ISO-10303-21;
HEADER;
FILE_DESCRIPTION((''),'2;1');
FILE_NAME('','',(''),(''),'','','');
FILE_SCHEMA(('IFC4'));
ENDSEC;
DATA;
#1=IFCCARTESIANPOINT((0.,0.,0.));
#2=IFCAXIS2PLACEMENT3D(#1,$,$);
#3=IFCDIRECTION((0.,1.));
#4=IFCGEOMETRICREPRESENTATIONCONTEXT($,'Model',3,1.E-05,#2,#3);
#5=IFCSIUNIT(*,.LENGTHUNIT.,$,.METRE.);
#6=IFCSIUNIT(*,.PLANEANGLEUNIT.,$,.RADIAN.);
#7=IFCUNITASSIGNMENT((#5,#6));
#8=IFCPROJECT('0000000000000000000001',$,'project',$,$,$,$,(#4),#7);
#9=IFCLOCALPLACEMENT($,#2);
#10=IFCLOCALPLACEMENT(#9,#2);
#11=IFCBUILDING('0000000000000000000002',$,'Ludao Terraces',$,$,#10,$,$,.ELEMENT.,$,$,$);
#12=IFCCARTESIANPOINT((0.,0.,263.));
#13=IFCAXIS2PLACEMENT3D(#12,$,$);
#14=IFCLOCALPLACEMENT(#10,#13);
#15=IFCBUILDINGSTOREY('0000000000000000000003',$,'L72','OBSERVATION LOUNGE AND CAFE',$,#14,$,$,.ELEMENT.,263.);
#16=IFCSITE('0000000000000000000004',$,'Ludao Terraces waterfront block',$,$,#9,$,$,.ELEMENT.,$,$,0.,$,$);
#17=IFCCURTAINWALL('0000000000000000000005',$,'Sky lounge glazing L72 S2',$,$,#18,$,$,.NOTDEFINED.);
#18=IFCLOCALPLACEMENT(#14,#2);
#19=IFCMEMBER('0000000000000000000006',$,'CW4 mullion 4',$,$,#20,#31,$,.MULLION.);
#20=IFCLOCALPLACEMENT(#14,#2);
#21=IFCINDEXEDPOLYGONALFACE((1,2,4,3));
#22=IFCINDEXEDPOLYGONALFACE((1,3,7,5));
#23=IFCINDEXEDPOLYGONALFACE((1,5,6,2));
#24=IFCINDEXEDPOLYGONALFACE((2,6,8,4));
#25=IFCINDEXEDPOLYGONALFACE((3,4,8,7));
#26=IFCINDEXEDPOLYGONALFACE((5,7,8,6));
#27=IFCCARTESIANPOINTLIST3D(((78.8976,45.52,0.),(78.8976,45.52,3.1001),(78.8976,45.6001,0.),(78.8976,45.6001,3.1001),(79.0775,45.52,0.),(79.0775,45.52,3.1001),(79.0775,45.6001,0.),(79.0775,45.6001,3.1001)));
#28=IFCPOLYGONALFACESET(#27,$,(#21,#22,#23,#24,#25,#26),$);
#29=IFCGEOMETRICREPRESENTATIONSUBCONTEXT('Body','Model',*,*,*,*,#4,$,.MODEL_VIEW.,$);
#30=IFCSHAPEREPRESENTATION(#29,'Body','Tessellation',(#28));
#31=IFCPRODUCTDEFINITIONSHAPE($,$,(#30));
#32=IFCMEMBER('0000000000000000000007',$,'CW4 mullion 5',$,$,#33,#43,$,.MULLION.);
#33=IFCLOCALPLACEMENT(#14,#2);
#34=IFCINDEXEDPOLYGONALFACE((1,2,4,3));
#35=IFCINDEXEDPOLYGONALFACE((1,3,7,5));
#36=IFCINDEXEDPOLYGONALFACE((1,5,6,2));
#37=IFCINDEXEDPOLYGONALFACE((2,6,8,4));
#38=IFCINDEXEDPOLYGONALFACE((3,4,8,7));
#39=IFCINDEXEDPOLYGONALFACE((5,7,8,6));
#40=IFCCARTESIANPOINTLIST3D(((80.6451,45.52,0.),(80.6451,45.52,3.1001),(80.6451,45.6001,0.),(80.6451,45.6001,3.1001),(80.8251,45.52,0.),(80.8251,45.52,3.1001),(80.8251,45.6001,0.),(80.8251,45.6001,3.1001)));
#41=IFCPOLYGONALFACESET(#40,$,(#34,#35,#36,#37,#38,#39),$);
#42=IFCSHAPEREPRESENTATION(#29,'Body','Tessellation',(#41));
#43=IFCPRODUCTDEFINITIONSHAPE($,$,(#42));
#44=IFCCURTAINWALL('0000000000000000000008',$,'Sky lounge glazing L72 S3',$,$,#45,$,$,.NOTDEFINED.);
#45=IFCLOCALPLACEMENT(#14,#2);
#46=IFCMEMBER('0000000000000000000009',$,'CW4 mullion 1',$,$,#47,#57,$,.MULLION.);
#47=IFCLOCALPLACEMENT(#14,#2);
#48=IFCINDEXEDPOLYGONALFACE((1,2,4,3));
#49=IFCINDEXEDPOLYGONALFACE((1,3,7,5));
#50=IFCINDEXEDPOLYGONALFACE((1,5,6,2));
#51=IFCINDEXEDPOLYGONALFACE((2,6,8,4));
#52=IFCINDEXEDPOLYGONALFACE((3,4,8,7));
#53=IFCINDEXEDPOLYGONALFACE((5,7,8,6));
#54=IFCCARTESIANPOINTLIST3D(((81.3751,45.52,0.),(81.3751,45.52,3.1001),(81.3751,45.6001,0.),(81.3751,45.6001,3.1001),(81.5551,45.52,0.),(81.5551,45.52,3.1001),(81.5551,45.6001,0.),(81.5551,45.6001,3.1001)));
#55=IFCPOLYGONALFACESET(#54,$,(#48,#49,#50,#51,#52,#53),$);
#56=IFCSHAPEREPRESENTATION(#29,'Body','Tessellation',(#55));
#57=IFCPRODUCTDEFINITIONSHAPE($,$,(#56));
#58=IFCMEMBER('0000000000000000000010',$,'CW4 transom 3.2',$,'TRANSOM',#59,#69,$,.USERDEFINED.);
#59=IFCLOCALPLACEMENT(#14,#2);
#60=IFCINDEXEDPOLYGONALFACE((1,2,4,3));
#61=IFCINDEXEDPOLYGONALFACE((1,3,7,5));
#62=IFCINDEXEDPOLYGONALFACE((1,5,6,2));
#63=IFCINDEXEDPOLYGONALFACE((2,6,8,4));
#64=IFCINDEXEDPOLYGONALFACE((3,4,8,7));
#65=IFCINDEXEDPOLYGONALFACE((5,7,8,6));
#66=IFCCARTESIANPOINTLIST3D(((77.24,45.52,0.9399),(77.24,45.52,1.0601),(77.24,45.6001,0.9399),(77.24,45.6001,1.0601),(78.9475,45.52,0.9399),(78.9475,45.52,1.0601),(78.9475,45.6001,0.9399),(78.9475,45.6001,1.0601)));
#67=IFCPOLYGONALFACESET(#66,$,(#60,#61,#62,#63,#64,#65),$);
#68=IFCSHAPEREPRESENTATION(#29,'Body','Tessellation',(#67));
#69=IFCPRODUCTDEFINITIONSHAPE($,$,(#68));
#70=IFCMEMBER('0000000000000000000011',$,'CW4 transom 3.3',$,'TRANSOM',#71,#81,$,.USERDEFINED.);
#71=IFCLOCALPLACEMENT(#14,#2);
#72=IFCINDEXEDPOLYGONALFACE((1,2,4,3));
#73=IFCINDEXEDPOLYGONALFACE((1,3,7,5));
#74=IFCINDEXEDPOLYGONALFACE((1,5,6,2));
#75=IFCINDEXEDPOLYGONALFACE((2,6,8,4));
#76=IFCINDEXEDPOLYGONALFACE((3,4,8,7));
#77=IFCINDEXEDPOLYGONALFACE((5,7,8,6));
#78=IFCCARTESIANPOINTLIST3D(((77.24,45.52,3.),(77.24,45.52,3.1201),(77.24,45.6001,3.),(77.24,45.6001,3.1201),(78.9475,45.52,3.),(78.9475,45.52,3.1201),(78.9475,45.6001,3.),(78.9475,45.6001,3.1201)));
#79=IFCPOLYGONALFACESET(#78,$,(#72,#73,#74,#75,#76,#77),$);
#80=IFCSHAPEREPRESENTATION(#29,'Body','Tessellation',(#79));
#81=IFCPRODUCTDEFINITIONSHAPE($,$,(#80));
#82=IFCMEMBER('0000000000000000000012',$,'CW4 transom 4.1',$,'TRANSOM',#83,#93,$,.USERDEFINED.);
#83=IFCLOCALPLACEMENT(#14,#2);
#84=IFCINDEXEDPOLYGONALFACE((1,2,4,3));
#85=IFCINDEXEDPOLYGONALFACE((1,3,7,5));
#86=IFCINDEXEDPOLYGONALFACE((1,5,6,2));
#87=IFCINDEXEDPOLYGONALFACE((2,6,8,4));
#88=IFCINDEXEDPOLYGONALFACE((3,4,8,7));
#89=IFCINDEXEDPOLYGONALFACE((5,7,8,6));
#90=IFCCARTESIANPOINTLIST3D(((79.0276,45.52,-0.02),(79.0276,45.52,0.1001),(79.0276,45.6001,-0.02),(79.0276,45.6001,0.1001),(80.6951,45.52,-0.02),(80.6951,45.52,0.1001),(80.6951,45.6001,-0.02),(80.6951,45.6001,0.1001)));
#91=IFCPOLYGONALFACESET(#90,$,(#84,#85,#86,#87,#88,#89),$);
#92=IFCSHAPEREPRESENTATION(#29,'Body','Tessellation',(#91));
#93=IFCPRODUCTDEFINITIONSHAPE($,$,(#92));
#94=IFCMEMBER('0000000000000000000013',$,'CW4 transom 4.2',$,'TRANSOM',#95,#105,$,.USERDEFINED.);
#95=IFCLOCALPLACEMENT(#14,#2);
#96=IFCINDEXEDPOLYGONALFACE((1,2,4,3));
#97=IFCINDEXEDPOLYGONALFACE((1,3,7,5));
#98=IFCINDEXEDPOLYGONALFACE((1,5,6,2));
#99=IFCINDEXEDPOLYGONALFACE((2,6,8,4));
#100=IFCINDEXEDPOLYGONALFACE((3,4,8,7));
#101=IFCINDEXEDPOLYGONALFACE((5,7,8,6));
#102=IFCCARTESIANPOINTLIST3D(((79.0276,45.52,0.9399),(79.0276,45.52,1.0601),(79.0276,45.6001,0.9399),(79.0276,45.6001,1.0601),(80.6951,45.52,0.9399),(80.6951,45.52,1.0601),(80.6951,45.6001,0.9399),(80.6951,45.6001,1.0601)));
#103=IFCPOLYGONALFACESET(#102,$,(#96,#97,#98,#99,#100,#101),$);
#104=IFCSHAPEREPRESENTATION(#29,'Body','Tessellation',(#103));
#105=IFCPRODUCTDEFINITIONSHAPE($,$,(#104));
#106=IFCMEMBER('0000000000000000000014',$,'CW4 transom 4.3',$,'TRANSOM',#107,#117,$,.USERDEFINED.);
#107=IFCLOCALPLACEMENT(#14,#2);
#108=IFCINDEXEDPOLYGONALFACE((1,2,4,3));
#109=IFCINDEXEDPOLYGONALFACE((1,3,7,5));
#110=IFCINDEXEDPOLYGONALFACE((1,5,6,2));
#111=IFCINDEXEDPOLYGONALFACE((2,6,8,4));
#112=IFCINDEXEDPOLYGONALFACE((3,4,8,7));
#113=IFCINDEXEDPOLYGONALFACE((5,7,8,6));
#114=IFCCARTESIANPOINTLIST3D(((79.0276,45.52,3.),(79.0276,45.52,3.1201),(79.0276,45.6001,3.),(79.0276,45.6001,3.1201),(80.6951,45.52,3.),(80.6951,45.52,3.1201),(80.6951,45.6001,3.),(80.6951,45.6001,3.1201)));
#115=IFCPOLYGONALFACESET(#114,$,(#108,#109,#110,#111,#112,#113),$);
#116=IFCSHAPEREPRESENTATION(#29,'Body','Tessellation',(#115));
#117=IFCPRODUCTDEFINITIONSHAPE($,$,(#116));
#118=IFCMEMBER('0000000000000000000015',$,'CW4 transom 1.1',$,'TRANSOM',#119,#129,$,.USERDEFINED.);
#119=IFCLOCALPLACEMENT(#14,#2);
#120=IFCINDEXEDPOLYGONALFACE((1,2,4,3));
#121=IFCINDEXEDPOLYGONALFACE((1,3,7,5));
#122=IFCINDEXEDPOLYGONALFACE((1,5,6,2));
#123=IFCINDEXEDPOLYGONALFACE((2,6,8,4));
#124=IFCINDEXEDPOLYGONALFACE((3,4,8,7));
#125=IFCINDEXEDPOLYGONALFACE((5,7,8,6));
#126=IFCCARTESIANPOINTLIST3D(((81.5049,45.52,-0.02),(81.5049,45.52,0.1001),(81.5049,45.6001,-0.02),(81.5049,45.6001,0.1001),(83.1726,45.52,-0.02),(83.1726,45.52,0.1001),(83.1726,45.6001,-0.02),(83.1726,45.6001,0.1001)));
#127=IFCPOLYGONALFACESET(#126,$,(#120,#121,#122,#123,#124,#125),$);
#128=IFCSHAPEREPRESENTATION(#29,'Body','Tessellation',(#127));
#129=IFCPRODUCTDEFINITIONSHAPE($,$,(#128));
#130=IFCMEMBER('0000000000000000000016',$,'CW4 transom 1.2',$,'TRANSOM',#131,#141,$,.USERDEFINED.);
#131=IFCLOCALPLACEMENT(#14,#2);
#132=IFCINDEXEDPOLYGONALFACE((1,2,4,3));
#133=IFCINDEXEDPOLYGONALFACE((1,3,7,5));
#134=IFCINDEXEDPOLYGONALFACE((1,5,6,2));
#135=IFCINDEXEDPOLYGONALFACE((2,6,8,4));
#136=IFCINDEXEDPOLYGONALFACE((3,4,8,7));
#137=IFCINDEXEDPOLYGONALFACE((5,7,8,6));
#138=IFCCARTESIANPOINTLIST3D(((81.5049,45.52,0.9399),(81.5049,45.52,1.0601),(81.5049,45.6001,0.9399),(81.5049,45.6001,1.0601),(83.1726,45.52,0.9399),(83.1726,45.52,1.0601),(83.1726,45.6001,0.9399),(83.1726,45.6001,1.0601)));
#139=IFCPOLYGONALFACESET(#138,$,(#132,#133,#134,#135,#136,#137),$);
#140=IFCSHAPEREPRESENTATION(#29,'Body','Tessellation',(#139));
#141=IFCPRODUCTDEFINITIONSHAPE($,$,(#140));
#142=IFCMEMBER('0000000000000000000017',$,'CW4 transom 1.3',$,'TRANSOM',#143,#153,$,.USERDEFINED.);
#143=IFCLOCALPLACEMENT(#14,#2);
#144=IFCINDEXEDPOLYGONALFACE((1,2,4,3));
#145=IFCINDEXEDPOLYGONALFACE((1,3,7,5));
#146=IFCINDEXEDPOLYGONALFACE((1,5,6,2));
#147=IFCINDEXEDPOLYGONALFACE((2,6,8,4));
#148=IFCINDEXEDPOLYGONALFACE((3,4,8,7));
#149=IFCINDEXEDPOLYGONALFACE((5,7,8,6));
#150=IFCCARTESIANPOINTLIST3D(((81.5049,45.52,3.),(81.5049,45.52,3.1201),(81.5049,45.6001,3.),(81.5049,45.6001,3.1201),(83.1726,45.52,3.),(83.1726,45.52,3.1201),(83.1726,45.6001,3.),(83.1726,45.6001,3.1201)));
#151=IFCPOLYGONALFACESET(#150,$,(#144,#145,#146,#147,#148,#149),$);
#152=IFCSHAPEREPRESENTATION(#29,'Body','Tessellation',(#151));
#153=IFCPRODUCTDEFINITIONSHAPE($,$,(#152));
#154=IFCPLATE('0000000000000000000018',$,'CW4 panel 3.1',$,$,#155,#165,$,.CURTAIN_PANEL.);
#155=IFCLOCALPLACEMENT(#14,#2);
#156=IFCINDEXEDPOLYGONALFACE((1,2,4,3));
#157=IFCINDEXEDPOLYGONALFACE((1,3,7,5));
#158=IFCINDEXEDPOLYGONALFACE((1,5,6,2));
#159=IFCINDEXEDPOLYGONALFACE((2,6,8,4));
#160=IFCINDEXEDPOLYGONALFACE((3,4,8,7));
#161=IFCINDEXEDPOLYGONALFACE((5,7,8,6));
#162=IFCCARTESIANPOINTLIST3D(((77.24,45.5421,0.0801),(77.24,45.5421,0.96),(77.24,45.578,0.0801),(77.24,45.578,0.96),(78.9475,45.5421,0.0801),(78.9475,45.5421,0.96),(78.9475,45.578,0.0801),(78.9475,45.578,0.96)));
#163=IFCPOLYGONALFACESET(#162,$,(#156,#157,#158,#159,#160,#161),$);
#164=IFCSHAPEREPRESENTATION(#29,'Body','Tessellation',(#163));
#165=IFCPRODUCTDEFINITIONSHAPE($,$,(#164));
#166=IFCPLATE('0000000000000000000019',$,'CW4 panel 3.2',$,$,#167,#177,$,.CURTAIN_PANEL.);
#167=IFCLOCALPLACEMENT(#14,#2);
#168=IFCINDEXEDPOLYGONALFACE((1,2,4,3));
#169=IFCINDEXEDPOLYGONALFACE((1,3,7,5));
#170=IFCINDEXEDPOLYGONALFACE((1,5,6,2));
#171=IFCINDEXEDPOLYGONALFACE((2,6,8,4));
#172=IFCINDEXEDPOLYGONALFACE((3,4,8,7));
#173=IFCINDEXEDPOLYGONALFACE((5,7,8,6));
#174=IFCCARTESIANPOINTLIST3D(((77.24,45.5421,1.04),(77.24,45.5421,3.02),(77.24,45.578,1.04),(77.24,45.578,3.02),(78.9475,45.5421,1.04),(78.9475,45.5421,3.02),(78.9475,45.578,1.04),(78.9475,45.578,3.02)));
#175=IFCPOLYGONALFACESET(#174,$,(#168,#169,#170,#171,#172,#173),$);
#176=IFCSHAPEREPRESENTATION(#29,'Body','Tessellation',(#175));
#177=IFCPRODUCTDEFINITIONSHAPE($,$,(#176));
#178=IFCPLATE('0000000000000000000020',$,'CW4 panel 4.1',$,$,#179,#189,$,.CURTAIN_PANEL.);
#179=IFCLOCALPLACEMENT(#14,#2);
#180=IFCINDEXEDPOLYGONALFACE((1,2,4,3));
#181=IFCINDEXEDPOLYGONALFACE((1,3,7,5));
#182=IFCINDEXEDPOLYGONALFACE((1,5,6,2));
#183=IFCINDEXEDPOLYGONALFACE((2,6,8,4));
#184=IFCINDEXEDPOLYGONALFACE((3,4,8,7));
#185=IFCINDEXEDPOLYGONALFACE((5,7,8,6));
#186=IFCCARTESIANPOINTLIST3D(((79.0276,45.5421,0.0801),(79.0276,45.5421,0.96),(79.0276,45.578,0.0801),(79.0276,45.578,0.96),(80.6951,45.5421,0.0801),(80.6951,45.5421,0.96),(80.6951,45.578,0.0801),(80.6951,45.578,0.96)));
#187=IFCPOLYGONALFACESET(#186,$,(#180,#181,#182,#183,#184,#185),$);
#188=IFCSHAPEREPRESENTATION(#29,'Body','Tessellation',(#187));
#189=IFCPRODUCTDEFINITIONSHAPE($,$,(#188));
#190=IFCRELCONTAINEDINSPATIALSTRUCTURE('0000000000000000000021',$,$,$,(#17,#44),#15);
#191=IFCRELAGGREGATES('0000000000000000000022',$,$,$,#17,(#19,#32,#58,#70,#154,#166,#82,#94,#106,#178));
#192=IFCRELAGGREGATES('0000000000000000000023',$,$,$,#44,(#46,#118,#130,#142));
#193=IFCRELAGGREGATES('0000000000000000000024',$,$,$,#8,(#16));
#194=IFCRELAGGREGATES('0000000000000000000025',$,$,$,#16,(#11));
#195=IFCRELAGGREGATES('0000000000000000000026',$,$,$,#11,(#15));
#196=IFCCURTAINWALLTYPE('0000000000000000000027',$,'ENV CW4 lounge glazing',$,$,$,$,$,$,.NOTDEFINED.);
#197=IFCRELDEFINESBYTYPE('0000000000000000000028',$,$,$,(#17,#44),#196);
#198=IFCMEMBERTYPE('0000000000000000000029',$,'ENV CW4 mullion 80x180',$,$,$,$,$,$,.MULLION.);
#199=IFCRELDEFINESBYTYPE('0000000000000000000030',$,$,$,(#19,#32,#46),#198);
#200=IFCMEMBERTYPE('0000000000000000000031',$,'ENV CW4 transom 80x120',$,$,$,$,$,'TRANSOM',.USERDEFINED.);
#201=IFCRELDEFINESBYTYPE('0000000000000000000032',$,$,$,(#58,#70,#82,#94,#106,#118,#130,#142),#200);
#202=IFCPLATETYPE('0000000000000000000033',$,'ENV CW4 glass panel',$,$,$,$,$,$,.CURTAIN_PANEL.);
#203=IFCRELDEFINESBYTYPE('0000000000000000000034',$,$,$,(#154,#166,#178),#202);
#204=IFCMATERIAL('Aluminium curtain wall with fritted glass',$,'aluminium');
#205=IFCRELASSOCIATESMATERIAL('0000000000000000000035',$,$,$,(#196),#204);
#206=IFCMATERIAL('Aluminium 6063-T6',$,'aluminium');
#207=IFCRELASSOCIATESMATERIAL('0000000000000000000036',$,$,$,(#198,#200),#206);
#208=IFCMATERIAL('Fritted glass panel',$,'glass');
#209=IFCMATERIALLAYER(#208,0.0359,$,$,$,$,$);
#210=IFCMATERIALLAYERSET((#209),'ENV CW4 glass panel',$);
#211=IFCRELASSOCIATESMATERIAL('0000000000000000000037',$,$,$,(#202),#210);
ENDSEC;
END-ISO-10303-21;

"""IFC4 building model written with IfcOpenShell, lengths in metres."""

from ifc_helpers import new_model, si_unit, direction, frame, origin, origin_2d, place, context, subcontext, project, spatial, rectangle, extrude, material, layer, layer_set, material_profile, profile_set, type_object, element, aggregate, save


model = new_model("IFC4")

# Units and contexts
model_context = context("Model", 3, precision=1e-05, world=origin(), true_north=direction((0.0, 1.0)))
body_context = subcontext(model_context, "Body", "Model", "MODEL_VIEW")
ifc_project = project(units=[si_unit("LENGTHUNIT", "METRE"), si_unit("PLANEANGLEUNIT", "RADIAN")], contexts=[model_context])

# Site, building, storey
site_placement = place(None, origin())
site = spatial("IfcSite", under=ifc_project, at=site_placement, Name="Ludao Terraces waterfront block", CompositionType="ELEMENT", RefElevation=0.0)
building_placement = place(site_placement, origin())
building = spatial("IfcBuilding", under=site, at=building_placement, Name="Ludao Terraces", CompositionType="ELEMENT")
storey_placement = place(building_placement, frame((0.0, 0.0, 263.0)))
storey = spatial("IfcBuildingStorey", under=building, at=storey_placement, Name="L72", Description="OBSERVATION LOUNGE AND CAFE", CompositionType="ELEMENT", Elevation=263.0)

# Curtain wall, members
ifc_material_1 = material(Name="Aluminium curtain wall with fritted glass", Category="aluminium")
curtain_wall_type = type_object("IfcCurtainWallType", Name="ENV CW4 lounge glazing", PredefinedType="NOTDEFINED", material=ifc_material_1)
curtain_wall_1_placement = place(storey_placement, origin())
curtain_wall_1 = element("IfcCurtainWall", 1, at=curtain_wall_1_placement, inside=storey, type_object=curtain_wall_type, Name="Sky lounge glazing L72 S2", PredefinedType="NOTDEFINED")
ifc_material_2 = material(Name="Aluminium 6063-T6", Category="aluminium")
ifc_material_profile_1 = material_profile(ifc_material_2, rectangle(XDim=0.0801, YDim=0.1799, at=origin_2d()), Name="80 X 180")
ifc_profile_set_1 = profile_set([ifc_material_profile_1], Name="Aluminium 6063-T6")
member_type_1 = type_object("IfcMemberType", Name="ENV CW4 mullion 80x180", PredefinedType="MULLION", material=ifc_profile_set_1)
member_1_placement = place(storey_placement, frame((78.9875, 45.5601, 0.0), z_axis=(0.0, 0.0, 1.0), x_axis=(0.0, 1.0, 0.0)))
member_1 = element("IfcMember", 2, at=member_1_placement, type_object=member_type_1, Name="CW4 mullion 4", PredefinedType="MULLION", context=body_context, shape_type="SweptSolid", body=[
    extrude(rectangle(XDim=0.0801, YDim=0.1799, at=origin_2d()), origin(), (0.0, 0.0, 1.0), 3.1001),
])
member_2_placement = place(storey_placement, frame((80.7351, 45.5601, 0.0), z_axis=(0.0, 0.0, 1.0), x_axis=(0.0, 1.0, 0.0)))
member_2 = element("IfcMember", 3, at=member_2_placement, type_object=member_type_1, Name="CW4 mullion 5", PredefinedType="MULLION", context=body_context, shape_type="SweptSolid", body=[
    extrude(rectangle(XDim=0.0801, YDim=0.1799, at=origin_2d()), origin(), (0.0, 0.0, 1.0), 3.1001),
])

# Curtain wall, member
curtain_wall_2_placement = place(storey_placement, origin())
curtain_wall_2 = element("IfcCurtainWall", 4, at=curtain_wall_2_placement, inside=storey, type_object=curtain_wall_type, Name="Sky lounge glazing L72 S3", PredefinedType="NOTDEFINED")
member_3_placement = place(storey_placement, frame((81.4651, 45.5601, 0.0), z_axis=(0.0, 0.0, 1.0), x_axis=(0.0, 1.0, 0.0)))
member_3 = element("IfcMember", 5, at=member_3_placement, type_object=member_type_1, Name="CW4 mullion 1", PredefinedType="MULLION", context=body_context, shape_type="SweptSolid", body=[
    extrude(rectangle(XDim=0.0801, YDim=0.1799, at=origin_2d()), origin(), (0.0, 0.0, 1.0), 3.1001),
])

# Members
ifc_material_profile_2 = material_profile(ifc_material_2, rectangle(XDim=0.0801, YDim=0.1201, at=origin_2d()), Name="80 X 120")
ifc_profile_set_2 = profile_set([ifc_material_profile_2], Name="Aluminium 6063-T6")
member_type_2 = type_object("IfcMemberType", Name="ENV CW4 transom 80x120", ElementType="TRANSOM", PredefinedType="USERDEFINED", material=ifc_profile_set_2)
member_4_placement = place(storey_placement, frame((77.24, 45.5601, 1.0), z_axis=(1.0, 0.0, 0.0), x_axis=(0.0, 1.0, 0.0)))
member_4 = element("IfcMember", 6, at=member_4_placement, type_object=member_type_2, Name="CW4 transom 3.2", ObjectType="TRANSOM", PredefinedType="USERDEFINED", context=body_context, shape_type="SweptSolid", body=[
    extrude(rectangle(XDim=0.0801, YDim=0.1201, at=origin_2d()), origin(), (0.0, 0.0, 1.0), 1.7075),
])
member_5_placement = place(storey_placement, frame((77.24, 45.5601, 3.0601), z_axis=(1.0, 0.0, 0.0), x_axis=(0.0, 1.0, 0.0)))
member_5 = element("IfcMember", 7, at=member_5_placement, type_object=member_type_2, Name="CW4 transom 3.3", ObjectType="TRANSOM", PredefinedType="USERDEFINED", context=body_context, shape_type="SweptSolid", body=[
    extrude(rectangle(XDim=0.0801, YDim=0.1201, at=origin_2d()), origin(), (0.0, 0.0, 1.0), 1.7075),
])
member_6_placement = place(storey_placement, frame((79.0276, 45.5601, 0.04), z_axis=(1.0, 0.0, 0.0), x_axis=(0.0, 1.0, 0.0)))
member_6 = element("IfcMember", 8, at=member_6_placement, type_object=member_type_2, Name="CW4 transom 4.1", ObjectType="TRANSOM", PredefinedType="USERDEFINED", context=body_context, shape_type="SweptSolid", body=[
    extrude(rectangle(XDim=0.0801, YDim=0.1201, at=origin_2d()), origin(), (0.0, 0.0, 1.0), 1.6675),
])
member_7_placement = place(storey_placement, frame((79.0276, 45.5601, 1.0), z_axis=(1.0, 0.0, 0.0), x_axis=(0.0, 1.0, 0.0)))
member_7 = element("IfcMember", 9, at=member_7_placement, type_object=member_type_2, Name="CW4 transom 4.2", ObjectType="TRANSOM", PredefinedType="USERDEFINED", context=body_context, shape_type="SweptSolid", body=[
    extrude(rectangle(XDim=0.0801, YDim=0.1201, at=origin_2d()), origin(), (0.0, 0.0, 1.0), 1.6675),
])
member_8_placement = place(storey_placement, frame((79.0276, 45.5601, 3.0601), z_axis=(1.0, 0.0, 0.0), x_axis=(0.0, 1.0, 0.0)))
member_8 = element("IfcMember", 10, at=member_8_placement, type_object=member_type_2, Name="CW4 transom 4.3", ObjectType="TRANSOM", PredefinedType="USERDEFINED", context=body_context, shape_type="SweptSolid", body=[
    extrude(rectangle(XDim=0.0801, YDim=0.1201, at=origin_2d()), origin(), (0.0, 0.0, 1.0), 1.6675),
])
member_9_placement = place(storey_placement, frame((81.5049, 45.5601, 0.04), z_axis=(1.0, 0.0, 0.0), x_axis=(0.0, 1.0, 0.0)))
member_9 = element("IfcMember", 11, at=member_9_placement, type_object=member_type_2, Name="CW4 transom 1.1", ObjectType="TRANSOM", PredefinedType="USERDEFINED", context=body_context, shape_type="SweptSolid", body=[
    extrude(rectangle(XDim=0.0801, YDim=0.1201, at=origin_2d()), origin(), (0.0, 0.0, 1.0), 1.6677),
])
member_10_placement = place(storey_placement, frame((81.5049, 45.5601, 1.0), z_axis=(1.0, 0.0, 0.0), x_axis=(0.0, 1.0, 0.0)))
member_10 = element("IfcMember", 12, at=member_10_placement, type_object=member_type_2, Name="CW4 transom 1.2", ObjectType="TRANSOM", PredefinedType="USERDEFINED", context=body_context, shape_type="SweptSolid", body=[
    extrude(rectangle(XDim=0.0801, YDim=0.1201, at=origin_2d()), origin(), (0.0, 0.0, 1.0), 1.6677),
])
member_11_placement = place(storey_placement, frame((81.5049, 45.5601, 3.0601), z_axis=(1.0, 0.0, 0.0), x_axis=(0.0, 1.0, 0.0)))
member_11 = element("IfcMember", 13, at=member_11_placement, type_object=member_type_2, Name="CW4 transom 1.3", ObjectType="TRANSOM", PredefinedType="USERDEFINED", context=body_context, shape_type="SweptSolid", body=[
    extrude(rectangle(XDim=0.0801, YDim=0.1201, at=origin_2d()), origin(), (0.0, 0.0, 1.0), 1.6677),
])

# Plates
ifc_material_3 = material(Name="Fritted glass panel", Category="glass")
ifc_layer = layer(ifc_material_3, 0.0359)
ifc_layer_set = layer_set([ifc_layer], Name="ENV CW4 glass panel")
plate_type = type_object("IfcPlateType", Name="ENV CW4 glass panel", PredefinedType="CURTAIN_PANEL", material=ifc_layer_set)
plate_1_placement = place(storey_placement, frame((78.0938, 45.5601, 0.0801), z_axis=(0.0, 0.0, 1.0), x_axis=(1.0, 0.0, 0.0)))
plate_1 = element("IfcPlate", 14, at=plate_1_placement, type_object=plate_type, Name="CW4 panel 3.1", PredefinedType="CURTAIN_PANEL", context=body_context, shape_type="SweptSolid", body=[
    extrude(rectangle(XDim=1.7075, YDim=0.0359, at=origin_2d()), origin(), (0.0, 0.0, 1.0), 0.8799),
])
plate_2_placement = place(storey_placement, frame((78.0938, 45.5601, 1.04), z_axis=(0.0, 0.0, 1.0), x_axis=(1.0, 0.0, 0.0)))
plate_2 = element("IfcPlate", 15, at=plate_2_placement, type_object=plate_type, Name="CW4 panel 3.2", PredefinedType="CURTAIN_PANEL", context=body_context, shape_type="SweptSolid", body=[
    extrude(rectangle(XDim=1.7075, YDim=0.0359, at=origin_2d()), origin(), (0.0, 0.0, 1.0), 1.98),
])
plate_3_placement = place(storey_placement, frame((79.8613, 45.5601, 0.0801), z_axis=(0.0, 0.0, 1.0), x_axis=(1.0, 0.0, 0.0)))
plate_3 = element("IfcPlate", 16, at=plate_3_placement, type_object=plate_type, Name="CW4 panel 4.1", PredefinedType="CURTAIN_PANEL", context=body_context, shape_type="SweptSolid", body=[
    extrude(rectangle(XDim=1.6675, YDim=0.0359, at=origin_2d()), origin(), (0.0, 0.0, 1.0), 0.8799),
])
aggregate(curtain_wall_1, [member_1, member_2, member_4, member_5, plate_1, plate_2, member_6, member_7, member_8, plate_3])
aggregate(curtain_wall_2, [member_3, member_9, member_10, member_11])

save(model, "model.ifc")
